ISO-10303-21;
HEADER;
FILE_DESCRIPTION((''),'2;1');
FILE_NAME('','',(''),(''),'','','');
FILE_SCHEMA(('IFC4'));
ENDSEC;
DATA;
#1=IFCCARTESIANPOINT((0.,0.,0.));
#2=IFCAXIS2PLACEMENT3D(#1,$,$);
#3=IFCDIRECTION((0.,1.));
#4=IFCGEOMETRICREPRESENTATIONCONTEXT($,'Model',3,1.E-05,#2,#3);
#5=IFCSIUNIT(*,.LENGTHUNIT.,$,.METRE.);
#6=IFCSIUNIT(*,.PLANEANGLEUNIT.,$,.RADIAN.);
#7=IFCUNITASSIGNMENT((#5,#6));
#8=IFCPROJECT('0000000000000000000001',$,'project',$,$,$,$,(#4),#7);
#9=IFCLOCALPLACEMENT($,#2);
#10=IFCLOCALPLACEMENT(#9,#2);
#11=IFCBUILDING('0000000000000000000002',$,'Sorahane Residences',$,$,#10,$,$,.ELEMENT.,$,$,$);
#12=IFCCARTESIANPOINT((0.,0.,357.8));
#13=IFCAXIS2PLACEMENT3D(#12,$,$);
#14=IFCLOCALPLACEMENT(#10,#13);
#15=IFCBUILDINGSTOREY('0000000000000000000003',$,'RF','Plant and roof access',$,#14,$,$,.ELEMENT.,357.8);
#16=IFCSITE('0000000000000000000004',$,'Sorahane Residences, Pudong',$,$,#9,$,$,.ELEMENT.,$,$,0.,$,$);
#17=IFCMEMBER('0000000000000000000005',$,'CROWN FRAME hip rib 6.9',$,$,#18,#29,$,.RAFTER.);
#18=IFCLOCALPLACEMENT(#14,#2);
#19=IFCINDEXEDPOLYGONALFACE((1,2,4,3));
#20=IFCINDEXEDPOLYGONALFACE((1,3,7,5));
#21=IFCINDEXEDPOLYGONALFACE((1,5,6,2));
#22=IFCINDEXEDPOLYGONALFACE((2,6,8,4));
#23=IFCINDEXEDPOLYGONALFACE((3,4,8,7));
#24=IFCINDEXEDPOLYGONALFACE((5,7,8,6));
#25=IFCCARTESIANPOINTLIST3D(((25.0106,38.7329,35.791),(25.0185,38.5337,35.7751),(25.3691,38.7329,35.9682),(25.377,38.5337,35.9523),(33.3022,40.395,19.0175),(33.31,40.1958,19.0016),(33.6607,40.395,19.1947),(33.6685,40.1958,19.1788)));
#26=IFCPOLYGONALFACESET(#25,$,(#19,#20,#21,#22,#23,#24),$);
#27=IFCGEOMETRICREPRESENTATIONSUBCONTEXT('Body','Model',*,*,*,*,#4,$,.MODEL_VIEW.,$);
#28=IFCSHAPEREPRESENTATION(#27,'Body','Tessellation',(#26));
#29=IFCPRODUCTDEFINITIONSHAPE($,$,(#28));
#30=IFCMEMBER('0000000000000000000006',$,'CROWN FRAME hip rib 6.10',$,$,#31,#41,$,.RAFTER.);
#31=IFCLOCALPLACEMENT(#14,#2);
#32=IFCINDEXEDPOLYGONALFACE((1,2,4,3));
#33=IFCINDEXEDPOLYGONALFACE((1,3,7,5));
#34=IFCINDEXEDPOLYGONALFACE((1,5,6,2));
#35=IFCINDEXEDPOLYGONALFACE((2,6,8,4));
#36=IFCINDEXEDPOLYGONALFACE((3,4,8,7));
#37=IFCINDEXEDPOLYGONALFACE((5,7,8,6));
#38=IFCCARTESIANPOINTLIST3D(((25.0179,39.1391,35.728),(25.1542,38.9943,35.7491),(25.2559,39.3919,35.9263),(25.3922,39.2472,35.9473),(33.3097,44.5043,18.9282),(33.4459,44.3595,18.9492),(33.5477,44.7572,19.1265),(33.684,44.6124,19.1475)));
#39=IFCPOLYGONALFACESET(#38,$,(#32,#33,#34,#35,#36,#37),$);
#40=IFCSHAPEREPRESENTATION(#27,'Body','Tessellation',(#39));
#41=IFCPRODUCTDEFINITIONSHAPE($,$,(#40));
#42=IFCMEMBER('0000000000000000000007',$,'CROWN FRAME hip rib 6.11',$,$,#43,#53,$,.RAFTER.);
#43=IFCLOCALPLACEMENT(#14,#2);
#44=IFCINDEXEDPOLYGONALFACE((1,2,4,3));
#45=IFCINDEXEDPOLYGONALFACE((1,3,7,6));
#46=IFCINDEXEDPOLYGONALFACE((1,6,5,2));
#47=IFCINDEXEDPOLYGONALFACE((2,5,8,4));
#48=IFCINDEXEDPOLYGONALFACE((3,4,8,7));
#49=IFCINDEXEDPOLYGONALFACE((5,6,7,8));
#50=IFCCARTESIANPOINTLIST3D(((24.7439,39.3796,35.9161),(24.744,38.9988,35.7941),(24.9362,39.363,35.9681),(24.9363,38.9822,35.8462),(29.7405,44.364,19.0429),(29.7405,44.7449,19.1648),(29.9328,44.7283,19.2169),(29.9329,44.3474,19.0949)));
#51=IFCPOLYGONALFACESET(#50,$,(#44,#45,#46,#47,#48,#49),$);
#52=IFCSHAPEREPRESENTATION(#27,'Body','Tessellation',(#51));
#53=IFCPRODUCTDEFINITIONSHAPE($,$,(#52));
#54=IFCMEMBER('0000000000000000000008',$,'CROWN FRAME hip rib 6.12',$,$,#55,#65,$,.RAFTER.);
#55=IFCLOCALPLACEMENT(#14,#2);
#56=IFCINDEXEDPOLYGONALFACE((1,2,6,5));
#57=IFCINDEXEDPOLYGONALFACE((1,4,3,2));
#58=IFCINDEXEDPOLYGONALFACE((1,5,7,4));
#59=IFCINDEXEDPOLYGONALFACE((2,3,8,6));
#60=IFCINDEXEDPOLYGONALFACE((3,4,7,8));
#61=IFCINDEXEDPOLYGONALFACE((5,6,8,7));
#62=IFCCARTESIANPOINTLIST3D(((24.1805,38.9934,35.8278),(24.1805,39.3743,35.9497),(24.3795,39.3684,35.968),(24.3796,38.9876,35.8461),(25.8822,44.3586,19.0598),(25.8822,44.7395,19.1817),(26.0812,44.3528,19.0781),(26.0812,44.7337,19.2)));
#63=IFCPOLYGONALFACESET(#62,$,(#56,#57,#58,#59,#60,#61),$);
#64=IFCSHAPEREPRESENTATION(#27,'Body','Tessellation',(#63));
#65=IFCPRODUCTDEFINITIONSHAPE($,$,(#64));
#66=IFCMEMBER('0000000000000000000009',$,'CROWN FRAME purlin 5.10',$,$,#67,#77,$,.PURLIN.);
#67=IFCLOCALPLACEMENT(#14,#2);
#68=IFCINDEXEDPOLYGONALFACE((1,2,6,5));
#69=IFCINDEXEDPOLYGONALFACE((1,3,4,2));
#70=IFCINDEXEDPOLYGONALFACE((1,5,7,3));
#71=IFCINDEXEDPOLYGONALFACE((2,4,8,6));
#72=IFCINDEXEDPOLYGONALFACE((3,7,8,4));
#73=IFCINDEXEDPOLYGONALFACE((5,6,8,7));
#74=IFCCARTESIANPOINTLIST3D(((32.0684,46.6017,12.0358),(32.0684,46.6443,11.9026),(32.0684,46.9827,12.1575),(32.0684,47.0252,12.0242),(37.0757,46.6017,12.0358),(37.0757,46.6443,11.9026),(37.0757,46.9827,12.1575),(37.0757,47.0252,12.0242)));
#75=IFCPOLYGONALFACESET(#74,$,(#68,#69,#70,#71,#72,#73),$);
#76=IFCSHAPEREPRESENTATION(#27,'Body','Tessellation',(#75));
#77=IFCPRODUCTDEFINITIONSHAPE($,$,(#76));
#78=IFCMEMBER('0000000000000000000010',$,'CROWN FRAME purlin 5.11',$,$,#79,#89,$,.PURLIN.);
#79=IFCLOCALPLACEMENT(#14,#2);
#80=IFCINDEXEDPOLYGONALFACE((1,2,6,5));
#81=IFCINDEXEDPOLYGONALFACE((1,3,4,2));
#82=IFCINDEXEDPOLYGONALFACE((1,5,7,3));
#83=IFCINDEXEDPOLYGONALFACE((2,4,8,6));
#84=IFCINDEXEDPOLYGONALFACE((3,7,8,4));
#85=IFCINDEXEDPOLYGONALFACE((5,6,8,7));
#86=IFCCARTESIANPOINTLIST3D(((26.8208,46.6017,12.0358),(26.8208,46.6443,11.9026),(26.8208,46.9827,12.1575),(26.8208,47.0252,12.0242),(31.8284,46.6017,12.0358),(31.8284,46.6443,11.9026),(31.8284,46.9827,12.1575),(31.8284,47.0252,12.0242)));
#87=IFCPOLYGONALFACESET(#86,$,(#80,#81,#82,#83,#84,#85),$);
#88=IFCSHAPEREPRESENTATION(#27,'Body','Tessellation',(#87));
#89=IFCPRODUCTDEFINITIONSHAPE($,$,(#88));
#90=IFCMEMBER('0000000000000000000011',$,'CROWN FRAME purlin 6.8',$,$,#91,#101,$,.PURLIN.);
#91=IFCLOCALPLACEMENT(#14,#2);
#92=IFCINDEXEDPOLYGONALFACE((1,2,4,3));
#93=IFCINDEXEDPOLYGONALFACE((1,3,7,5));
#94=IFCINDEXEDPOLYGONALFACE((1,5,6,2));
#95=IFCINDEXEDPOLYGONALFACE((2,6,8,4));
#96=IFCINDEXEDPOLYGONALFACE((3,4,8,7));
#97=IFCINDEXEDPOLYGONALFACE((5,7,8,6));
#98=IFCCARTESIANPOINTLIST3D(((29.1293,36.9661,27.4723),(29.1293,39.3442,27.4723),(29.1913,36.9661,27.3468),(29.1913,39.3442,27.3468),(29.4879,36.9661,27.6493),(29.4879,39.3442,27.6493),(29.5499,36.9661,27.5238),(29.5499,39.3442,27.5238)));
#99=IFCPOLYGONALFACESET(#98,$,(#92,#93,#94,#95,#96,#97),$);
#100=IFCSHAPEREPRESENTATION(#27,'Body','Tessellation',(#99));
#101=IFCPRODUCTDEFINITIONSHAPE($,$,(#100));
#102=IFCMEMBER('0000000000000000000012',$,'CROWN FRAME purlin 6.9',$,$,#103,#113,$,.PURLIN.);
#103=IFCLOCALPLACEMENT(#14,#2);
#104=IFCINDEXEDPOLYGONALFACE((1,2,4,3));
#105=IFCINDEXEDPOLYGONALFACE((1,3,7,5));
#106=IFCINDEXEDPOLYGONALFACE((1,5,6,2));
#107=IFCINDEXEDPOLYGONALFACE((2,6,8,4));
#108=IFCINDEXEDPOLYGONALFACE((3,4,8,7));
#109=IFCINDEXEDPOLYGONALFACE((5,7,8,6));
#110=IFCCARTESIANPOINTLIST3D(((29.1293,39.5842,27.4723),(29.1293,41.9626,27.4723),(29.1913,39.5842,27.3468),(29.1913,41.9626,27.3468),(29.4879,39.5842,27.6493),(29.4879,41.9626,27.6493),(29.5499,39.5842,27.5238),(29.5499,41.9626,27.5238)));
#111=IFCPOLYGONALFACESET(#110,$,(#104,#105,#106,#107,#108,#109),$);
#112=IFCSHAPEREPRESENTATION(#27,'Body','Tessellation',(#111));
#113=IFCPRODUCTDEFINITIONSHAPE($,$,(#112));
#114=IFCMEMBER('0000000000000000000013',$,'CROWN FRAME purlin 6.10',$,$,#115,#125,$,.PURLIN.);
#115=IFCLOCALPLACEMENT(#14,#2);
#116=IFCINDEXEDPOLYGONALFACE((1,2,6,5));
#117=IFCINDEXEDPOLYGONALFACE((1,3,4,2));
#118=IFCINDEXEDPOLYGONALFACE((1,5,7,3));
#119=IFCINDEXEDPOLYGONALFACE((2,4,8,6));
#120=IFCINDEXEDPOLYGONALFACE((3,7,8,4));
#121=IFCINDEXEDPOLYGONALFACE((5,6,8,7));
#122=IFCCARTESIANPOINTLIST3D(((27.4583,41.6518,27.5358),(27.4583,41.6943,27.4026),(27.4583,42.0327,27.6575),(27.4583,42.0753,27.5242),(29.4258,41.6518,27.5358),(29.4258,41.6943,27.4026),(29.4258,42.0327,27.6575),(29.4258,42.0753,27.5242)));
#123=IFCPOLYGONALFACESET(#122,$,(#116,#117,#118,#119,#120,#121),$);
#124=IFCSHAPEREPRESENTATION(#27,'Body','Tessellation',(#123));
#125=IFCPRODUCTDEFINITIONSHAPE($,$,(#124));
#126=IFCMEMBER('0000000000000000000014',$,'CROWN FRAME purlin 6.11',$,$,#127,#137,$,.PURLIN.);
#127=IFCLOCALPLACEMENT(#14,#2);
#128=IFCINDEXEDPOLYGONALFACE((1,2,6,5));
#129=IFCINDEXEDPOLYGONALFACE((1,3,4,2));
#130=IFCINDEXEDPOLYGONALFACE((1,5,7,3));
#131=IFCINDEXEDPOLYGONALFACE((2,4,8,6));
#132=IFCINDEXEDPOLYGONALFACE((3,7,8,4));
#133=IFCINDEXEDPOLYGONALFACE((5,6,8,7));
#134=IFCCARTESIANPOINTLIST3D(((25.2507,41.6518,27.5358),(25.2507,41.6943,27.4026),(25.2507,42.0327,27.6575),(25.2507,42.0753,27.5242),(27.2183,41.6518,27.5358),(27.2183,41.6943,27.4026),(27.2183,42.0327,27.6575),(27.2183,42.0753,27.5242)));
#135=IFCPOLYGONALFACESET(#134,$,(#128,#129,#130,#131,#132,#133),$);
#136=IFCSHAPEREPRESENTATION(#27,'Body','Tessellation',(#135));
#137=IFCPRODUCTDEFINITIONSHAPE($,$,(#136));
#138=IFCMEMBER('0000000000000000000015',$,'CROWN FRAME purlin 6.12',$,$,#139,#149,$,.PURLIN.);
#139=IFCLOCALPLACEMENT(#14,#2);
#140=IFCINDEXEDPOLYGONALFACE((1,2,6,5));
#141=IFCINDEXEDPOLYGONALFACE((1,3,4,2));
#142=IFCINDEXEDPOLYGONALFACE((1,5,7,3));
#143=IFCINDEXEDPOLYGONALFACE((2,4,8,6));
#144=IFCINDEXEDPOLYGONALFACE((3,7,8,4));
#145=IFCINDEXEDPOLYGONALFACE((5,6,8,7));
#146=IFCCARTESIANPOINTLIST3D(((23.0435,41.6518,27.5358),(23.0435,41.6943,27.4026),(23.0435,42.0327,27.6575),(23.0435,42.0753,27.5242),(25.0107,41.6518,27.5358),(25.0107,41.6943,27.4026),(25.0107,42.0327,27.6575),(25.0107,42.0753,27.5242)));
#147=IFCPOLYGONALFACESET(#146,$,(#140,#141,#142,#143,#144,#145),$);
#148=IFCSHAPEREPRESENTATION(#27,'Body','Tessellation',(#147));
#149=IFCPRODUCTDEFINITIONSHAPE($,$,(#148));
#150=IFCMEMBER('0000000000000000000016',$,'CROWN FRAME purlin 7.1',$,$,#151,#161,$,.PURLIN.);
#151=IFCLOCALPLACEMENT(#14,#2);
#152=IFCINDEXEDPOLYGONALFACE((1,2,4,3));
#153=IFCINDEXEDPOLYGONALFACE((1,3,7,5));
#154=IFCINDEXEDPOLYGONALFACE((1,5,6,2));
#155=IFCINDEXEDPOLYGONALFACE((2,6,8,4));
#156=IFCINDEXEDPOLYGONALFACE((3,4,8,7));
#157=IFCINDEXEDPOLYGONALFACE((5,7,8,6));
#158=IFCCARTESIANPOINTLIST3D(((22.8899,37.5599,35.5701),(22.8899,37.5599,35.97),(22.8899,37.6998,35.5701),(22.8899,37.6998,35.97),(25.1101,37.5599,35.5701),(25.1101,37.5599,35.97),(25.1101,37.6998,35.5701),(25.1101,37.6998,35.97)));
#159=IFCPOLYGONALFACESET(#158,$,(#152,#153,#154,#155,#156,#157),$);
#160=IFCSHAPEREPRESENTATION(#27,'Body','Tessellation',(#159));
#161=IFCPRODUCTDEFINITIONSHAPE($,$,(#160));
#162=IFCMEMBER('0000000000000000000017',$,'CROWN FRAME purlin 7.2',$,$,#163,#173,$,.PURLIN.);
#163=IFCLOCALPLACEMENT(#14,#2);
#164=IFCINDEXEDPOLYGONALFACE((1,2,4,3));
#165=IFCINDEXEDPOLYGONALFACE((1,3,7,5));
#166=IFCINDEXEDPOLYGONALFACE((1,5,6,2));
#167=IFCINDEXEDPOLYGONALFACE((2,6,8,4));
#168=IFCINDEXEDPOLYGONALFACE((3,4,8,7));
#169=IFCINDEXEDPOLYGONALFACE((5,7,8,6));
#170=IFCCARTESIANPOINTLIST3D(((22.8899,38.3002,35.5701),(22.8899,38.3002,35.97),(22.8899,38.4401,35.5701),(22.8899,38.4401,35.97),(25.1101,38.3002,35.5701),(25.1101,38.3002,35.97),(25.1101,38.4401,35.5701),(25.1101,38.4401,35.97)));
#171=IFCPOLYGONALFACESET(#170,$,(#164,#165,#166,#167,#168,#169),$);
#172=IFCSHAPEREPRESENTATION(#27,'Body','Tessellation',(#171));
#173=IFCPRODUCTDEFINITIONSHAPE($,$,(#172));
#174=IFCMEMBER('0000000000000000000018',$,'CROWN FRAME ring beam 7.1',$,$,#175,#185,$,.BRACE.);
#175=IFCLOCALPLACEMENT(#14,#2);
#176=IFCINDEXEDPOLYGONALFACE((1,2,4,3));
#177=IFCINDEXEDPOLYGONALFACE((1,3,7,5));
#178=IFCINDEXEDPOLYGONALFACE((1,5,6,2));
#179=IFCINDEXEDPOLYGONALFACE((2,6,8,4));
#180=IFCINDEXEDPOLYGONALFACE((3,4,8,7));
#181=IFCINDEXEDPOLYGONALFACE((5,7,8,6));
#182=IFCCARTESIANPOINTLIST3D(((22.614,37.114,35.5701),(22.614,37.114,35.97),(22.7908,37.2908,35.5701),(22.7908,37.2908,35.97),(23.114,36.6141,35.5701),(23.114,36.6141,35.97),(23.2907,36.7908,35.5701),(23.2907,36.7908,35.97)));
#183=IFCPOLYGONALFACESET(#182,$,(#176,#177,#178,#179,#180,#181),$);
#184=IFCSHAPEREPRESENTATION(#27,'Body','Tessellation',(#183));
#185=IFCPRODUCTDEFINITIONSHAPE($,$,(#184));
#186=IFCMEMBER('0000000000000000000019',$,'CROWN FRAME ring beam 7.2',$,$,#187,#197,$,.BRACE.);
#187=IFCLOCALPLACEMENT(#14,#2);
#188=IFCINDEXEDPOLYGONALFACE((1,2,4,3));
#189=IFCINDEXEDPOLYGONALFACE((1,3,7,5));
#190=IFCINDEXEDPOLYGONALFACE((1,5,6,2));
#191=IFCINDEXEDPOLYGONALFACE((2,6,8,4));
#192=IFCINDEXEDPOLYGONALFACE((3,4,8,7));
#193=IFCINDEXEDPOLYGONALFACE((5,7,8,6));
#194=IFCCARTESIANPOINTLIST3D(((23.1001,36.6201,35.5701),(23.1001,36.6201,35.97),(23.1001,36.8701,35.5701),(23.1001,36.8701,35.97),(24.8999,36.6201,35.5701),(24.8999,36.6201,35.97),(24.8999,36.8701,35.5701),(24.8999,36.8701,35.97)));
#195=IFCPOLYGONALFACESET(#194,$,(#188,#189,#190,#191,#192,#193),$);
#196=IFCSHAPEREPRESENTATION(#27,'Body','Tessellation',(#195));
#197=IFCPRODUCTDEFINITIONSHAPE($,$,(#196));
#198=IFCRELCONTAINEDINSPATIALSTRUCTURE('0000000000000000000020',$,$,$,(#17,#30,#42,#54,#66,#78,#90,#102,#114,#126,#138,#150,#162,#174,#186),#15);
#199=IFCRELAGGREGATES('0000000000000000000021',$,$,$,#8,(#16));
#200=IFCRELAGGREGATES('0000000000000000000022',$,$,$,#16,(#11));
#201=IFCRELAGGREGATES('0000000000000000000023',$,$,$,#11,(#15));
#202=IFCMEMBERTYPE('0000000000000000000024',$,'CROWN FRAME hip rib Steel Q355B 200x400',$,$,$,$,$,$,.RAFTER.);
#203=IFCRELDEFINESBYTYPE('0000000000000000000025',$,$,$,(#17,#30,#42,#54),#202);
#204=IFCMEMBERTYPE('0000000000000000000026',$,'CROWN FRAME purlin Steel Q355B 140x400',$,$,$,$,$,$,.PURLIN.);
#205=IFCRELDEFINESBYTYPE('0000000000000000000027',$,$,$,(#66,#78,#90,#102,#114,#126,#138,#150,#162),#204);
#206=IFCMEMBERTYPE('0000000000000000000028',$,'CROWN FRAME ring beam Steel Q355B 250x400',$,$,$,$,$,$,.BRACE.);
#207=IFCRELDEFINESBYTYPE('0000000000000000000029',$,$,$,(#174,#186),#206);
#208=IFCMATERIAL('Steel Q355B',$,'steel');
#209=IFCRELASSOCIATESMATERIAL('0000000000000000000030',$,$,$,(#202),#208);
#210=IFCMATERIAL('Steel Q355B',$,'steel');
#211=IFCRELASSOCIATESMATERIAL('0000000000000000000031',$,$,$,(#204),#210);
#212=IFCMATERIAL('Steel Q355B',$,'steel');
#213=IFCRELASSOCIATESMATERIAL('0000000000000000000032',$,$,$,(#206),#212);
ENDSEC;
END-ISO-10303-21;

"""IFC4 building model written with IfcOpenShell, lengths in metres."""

from ifc_helpers import new_model, si_unit, direction, frame, origin, origin_2d, place, context, subcontext, project, spatial, rectangle, extrude, material, material_profile, profile_set, type_object, element, save


model = new_model("IFC4")

# Units and contexts
model_context = context("Model", 3, precision=1e-05, world=origin(), true_north=direction((0.0, 1.0)))
body_context = subcontext(model_context, "Body", "Model", "MODEL_VIEW")
ifc_project = project(units=[si_unit("LENGTHUNIT", "METRE"), si_unit("PLANEANGLEUNIT", "RADIAN")], contexts=[model_context])

# Site, building, storey
site_placement = place(None, origin())
site = spatial("IfcSite", under=ifc_project, at=site_placement, Name="Sorahane Residences, Pudong", CompositionType="ELEMENT", RefElevation=0.0)
building_placement = place(site_placement, origin())
building = spatial("IfcBuilding", under=site, at=building_placement, Name="Sorahane Residences", CompositionType="ELEMENT")
storey_placement = place(building_placement, frame((0.0, 0.0, 357.8)))
storey = spatial("IfcBuildingStorey", under=building, at=storey_placement, Name="RF", Description="Plant and roof access", CompositionType="ELEMENT", Elevation=357.8)

# Members
ifc_material_1 = material(Name="Steel Q355B", Category="steel")
ifc_material_profile_1 = material_profile(ifc_material_1, rectangle(XDim=0.2, YDim=0.3999, at=origin_2d()), Name="CROWN FRAME hip rib Steel Q355B 200x400")
ifc_profile_set_1 = profile_set([ifc_material_profile_1], Name="Steel Q355B")
member_type_1 = type_object("IfcMemberType", Name="CROWN FRAME hip rib Steel Q355B 200x400", PredefinedType="RAFTER", material=ifc_profile_set_1)
member_1_placement = place(storey_placement, frame((33.4854, 40.2954, 19.0981), z_axis=(-0.4414, -0.088483, 0.892937), x_axis=(0.039179, -0.996078, -0.079336)))
element("IfcMember", 1, at=member_1_placement, inside=storey, type_object=member_type_1, Name="CROWN FRAME hip rib 6.9", PredefinedType="RAFTER", context=body_context, shape_type="SweptSolid", body=[
    extrude(rectangle(XDim=0.2, YDim=0.3999, at=origin_2d()), origin(), (0.0, 0.0, 1.0), 18.7847),
])
member_2_placement = place(storey_placement, frame((33.4968, 44.5583, 19.0378), z_axis=(-0.425485, -0.275313, 0.86207), x_axis=(0.681625, -0.724103, 0.105173)))
element("IfcMember", 2, at=member_2_placement, inside=storey, type_object=member_type_1, Name="CROWN FRAME hip rib 6.10", PredefinedType="RAFTER", context=body_context, shape_type="SweptSolid", body=[
    extrude(rectangle(XDim=0.2, YDim=0.3999, at=origin_2d()), origin(), (0.0, 0.0, 1.0), 19.4878),
])
member_3_placement = place(storey_placement, frame((29.8367, 44.5461, 19.1299), z_axis=(-0.273256, -0.293417, 0.916099), x_axis=(0.961941, -0.083123, 0.260306)))
element("IfcMember", 3, at=member_3_placement, inside=storey, type_object=member_type_1, Name="CROWN FRAME hip rib 6.11", PredefinedType="RAFTER", context=body_context, shape_type="SweptSolid", body=[
    extrude(rectangle(XDim=0.2, YDim=0.3999, at=origin_2d()), origin(), (0.0, 0.0, 1.0), 18.2854),
])
member_4_placement = place(storey_placement, frame((25.9817, 44.5461, 19.1299), z_axis=(-0.096207, -0.303334, 0.948015), x_axis=(0.995361, -0.029264, 0.091648)))
element("IfcMember", 4, at=member_4_placement, inside=storey, type_object=member_type_1, Name="CROWN FRAME hip rib 6.12", PredefinedType="RAFTER", context=body_context, shape_type="SweptSolid", body=[
    extrude(rectangle(XDim=0.2, YDim=0.3999, at=origin_2d()), origin(), (0.0, 0.0, 1.0), 17.6875),
])
ifc_material_2 = material(Name="Steel Q355B", Category="steel")
ifc_material_profile_2 = material_profile(ifc_material_2, rectangle(XDim=0.1399, YDim=0.3999, at=origin_2d()), Name="CROWN FRAME purlin Steel Q355B 140x400")
ifc_profile_set_2 = profile_set([ifc_material_profile_2], Name="Steel Q355B")
member_type_2 = type_object("IfcMemberType", Name="CROWN FRAME purlin Steel Q355B 140x400", PredefinedType="PURLIN", material=ifc_profile_set_2)
member_5_placement = place(storey_placement, frame((32.0684, 46.8135, 12.03), z_axis=(1.0, 0.0, 0.0), x_axis=(0.0, 0.304216, -0.952603)))
element("IfcMember", 5, at=member_5_placement, inside=storey, type_object=member_type_2, Name="CROWN FRAME purlin 5.10", PredefinedType="PURLIN", context=body_context, shape_type="SweptSolid", body=[
    extrude(rectangle(XDim=0.1399, YDim=0.3999, at=origin_2d()), origin(), (0.0, 0.0, 1.0), 5.0073),
])
member_6_placement = place(storey_placement, frame((26.8208, 46.8135, 12.03), z_axis=(1.0, 0.0, 0.0), x_axis=(0.0, 0.304216, -0.952603)))
element("IfcMember", 6, at=member_6_placement, inside=storey, type_object=member_type_2, Name="CROWN FRAME purlin 5.11", PredefinedType="PURLIN", context=body_context, shape_type="SweptSolid", body=[
    extrude(rectangle(XDim=0.1399, YDim=0.3999, at=origin_2d()), origin(), (0.0, 0.0, 1.0), 5.0076),
])
member_7_placement = place(storey_placement, frame((29.3396, 36.9661, 27.498), z_axis=(0.0, 1.0, 0.0), x_axis=(-0.442578, 0.0, 0.89673)))
element("IfcMember", 7, at=member_7_placement, inside=storey, type_object=member_type_2, Name="CROWN FRAME purlin 6.8", PredefinedType="PURLIN", context=body_context, shape_type="SweptSolid", body=[
    extrude(rectangle(XDim=0.1399, YDim=0.3999, at=origin_2d()), origin(), (0.0, 0.0, 1.0), 2.3782),
])
member_8_placement = place(storey_placement, frame((29.3396, 39.5842, 27.498), z_axis=(0.0, 1.0, 0.0), x_axis=(-0.442578, 0.0, 0.89673)))
element("IfcMember", 8, at=member_8_placement, inside=storey, type_object=member_type_2, Name="CROWN FRAME purlin 6.9", PredefinedType="PURLIN", context=body_context, shape_type="SweptSolid", body=[
    extrude(rectangle(XDim=0.1399, YDim=0.3999, at=origin_2d()), origin(), (0.0, 0.0, 1.0), 2.3784),
])
for number, where, z_axis, x_axis, name in (
    (9, (27.4583, 41.8635, 27.53), (1.0, 0.0, 0.0), (0.0, 0.304221, -0.952602), "CROWN FRAME purlin 6.10"),
    (10, (25.2507, 41.8635, 27.53), (1.0, 0.0, 0.0), (0.0, 0.304221, -0.952602), "CROWN FRAME purlin 6.11"),
):
    element("IfcMember", number, at=place(storey_placement, frame(where, z_axis=z_axis, x_axis=x_axis)), inside=storey, type_object=member_type_2, Name=name, PredefinedType="PURLIN", context=body_context, shape_type="SweptSolid", body=[
        extrude(rectangle(XDim=0.1399, YDim=0.3999, at=origin_2d()), origin(), (0.0, 0.0, 1.0), 1.9675),
    ])
member_9_placement = place(storey_placement, frame((23.0435, 41.8635, 27.53), z_axis=(1.0, 0.0, 0.0), x_axis=(0.0, 0.304221, -0.952602)))
element("IfcMember", 11, at=member_9_placement, inside=storey, type_object=member_type_2, Name="CROWN FRAME purlin 6.12", PredefinedType="PURLIN", context=body_context, shape_type="SweptSolid", body=[
    extrude(rectangle(XDim=0.1399, YDim=0.3999, at=origin_2d()), origin(), (0.0, 0.0, 1.0), 1.9673),
])
for number, where, z_axis, x_axis, name in (
    (12, (22.8899, 37.6299, 35.77), (1.0, 0.0, 0.0), (0.0, 1.0, 0.0), "CROWN FRAME purlin 7.1"),
    (13, (22.8899, 38.3701, 35.77), (1.0, 0.0, 0.0), (0.0, 1.0, 0.0), "CROWN FRAME purlin 7.2"),
):
    element("IfcMember", number, at=place(storey_placement, frame(where, z_axis=z_axis, x_axis=x_axis)), inside=storey, type_object=member_type_2, Name=name, PredefinedType="PURLIN", context=body_context, shape_type="SweptSolid", body=[
        extrude(rectangle(XDim=0.1399, YDim=0.3999, at=origin_2d()), origin(), (0.0, 0.0, 1.0), 2.2202),
    ])
ifc_material_3 = material(Name="Steel Q355B", Category="steel")
ifc_material_profile_3 = material_profile(ifc_material_3, rectangle(XDim=0.25, YDim=0.3999, at=origin_2d()), Name="CROWN FRAME ring beam Steel Q355B 250x400")
ifc_profile_set_3 = profile_set([ifc_material_profile_3], Name="Steel Q355B")
member_type_3 = type_object("IfcMemberType", Name="CROWN FRAME ring beam Steel Q355B 250x400", PredefinedType="BRACE", material=ifc_profile_set_3)
member_10_placement = place(storey_placement, frame((22.7024, 37.2024, 35.77), z_axis=(0.707107, -0.707107, 0.0), x_axis=(0.707107, 0.707107, 0.0)))
element("IfcMember", 14, at=member_10_placement, inside=storey, type_object=member_type_3, Name="CROWN FRAME ring beam 7.1", PredefinedType="BRACE", context=body_context, shape_type="SweptSolid", body=[
    extrude(rectangle(XDim=0.25, YDim=0.3999, at=origin_2d()), origin(), (0.0, 0.0, 1.0), 0.707),
])
member_11_placement = place(storey_placement, frame((23.1001, 36.7451, 35.77), z_axis=(1.0, 0.0, 0.0), x_axis=(0.0, 1.0, 0.0)))
element("IfcMember", 15, at=member_11_placement, inside=storey, type_object=member_type_3, Name="CROWN FRAME ring beam 7.2", PredefinedType="BRACE", context=body_context, shape_type="SweptSolid", body=[
    extrude(rectangle(XDim=0.25, YDim=0.3999, at=origin_2d()), origin(), (0.0, 0.0, 1.0), 1.7998),
])

save(model, "model.ifc")
